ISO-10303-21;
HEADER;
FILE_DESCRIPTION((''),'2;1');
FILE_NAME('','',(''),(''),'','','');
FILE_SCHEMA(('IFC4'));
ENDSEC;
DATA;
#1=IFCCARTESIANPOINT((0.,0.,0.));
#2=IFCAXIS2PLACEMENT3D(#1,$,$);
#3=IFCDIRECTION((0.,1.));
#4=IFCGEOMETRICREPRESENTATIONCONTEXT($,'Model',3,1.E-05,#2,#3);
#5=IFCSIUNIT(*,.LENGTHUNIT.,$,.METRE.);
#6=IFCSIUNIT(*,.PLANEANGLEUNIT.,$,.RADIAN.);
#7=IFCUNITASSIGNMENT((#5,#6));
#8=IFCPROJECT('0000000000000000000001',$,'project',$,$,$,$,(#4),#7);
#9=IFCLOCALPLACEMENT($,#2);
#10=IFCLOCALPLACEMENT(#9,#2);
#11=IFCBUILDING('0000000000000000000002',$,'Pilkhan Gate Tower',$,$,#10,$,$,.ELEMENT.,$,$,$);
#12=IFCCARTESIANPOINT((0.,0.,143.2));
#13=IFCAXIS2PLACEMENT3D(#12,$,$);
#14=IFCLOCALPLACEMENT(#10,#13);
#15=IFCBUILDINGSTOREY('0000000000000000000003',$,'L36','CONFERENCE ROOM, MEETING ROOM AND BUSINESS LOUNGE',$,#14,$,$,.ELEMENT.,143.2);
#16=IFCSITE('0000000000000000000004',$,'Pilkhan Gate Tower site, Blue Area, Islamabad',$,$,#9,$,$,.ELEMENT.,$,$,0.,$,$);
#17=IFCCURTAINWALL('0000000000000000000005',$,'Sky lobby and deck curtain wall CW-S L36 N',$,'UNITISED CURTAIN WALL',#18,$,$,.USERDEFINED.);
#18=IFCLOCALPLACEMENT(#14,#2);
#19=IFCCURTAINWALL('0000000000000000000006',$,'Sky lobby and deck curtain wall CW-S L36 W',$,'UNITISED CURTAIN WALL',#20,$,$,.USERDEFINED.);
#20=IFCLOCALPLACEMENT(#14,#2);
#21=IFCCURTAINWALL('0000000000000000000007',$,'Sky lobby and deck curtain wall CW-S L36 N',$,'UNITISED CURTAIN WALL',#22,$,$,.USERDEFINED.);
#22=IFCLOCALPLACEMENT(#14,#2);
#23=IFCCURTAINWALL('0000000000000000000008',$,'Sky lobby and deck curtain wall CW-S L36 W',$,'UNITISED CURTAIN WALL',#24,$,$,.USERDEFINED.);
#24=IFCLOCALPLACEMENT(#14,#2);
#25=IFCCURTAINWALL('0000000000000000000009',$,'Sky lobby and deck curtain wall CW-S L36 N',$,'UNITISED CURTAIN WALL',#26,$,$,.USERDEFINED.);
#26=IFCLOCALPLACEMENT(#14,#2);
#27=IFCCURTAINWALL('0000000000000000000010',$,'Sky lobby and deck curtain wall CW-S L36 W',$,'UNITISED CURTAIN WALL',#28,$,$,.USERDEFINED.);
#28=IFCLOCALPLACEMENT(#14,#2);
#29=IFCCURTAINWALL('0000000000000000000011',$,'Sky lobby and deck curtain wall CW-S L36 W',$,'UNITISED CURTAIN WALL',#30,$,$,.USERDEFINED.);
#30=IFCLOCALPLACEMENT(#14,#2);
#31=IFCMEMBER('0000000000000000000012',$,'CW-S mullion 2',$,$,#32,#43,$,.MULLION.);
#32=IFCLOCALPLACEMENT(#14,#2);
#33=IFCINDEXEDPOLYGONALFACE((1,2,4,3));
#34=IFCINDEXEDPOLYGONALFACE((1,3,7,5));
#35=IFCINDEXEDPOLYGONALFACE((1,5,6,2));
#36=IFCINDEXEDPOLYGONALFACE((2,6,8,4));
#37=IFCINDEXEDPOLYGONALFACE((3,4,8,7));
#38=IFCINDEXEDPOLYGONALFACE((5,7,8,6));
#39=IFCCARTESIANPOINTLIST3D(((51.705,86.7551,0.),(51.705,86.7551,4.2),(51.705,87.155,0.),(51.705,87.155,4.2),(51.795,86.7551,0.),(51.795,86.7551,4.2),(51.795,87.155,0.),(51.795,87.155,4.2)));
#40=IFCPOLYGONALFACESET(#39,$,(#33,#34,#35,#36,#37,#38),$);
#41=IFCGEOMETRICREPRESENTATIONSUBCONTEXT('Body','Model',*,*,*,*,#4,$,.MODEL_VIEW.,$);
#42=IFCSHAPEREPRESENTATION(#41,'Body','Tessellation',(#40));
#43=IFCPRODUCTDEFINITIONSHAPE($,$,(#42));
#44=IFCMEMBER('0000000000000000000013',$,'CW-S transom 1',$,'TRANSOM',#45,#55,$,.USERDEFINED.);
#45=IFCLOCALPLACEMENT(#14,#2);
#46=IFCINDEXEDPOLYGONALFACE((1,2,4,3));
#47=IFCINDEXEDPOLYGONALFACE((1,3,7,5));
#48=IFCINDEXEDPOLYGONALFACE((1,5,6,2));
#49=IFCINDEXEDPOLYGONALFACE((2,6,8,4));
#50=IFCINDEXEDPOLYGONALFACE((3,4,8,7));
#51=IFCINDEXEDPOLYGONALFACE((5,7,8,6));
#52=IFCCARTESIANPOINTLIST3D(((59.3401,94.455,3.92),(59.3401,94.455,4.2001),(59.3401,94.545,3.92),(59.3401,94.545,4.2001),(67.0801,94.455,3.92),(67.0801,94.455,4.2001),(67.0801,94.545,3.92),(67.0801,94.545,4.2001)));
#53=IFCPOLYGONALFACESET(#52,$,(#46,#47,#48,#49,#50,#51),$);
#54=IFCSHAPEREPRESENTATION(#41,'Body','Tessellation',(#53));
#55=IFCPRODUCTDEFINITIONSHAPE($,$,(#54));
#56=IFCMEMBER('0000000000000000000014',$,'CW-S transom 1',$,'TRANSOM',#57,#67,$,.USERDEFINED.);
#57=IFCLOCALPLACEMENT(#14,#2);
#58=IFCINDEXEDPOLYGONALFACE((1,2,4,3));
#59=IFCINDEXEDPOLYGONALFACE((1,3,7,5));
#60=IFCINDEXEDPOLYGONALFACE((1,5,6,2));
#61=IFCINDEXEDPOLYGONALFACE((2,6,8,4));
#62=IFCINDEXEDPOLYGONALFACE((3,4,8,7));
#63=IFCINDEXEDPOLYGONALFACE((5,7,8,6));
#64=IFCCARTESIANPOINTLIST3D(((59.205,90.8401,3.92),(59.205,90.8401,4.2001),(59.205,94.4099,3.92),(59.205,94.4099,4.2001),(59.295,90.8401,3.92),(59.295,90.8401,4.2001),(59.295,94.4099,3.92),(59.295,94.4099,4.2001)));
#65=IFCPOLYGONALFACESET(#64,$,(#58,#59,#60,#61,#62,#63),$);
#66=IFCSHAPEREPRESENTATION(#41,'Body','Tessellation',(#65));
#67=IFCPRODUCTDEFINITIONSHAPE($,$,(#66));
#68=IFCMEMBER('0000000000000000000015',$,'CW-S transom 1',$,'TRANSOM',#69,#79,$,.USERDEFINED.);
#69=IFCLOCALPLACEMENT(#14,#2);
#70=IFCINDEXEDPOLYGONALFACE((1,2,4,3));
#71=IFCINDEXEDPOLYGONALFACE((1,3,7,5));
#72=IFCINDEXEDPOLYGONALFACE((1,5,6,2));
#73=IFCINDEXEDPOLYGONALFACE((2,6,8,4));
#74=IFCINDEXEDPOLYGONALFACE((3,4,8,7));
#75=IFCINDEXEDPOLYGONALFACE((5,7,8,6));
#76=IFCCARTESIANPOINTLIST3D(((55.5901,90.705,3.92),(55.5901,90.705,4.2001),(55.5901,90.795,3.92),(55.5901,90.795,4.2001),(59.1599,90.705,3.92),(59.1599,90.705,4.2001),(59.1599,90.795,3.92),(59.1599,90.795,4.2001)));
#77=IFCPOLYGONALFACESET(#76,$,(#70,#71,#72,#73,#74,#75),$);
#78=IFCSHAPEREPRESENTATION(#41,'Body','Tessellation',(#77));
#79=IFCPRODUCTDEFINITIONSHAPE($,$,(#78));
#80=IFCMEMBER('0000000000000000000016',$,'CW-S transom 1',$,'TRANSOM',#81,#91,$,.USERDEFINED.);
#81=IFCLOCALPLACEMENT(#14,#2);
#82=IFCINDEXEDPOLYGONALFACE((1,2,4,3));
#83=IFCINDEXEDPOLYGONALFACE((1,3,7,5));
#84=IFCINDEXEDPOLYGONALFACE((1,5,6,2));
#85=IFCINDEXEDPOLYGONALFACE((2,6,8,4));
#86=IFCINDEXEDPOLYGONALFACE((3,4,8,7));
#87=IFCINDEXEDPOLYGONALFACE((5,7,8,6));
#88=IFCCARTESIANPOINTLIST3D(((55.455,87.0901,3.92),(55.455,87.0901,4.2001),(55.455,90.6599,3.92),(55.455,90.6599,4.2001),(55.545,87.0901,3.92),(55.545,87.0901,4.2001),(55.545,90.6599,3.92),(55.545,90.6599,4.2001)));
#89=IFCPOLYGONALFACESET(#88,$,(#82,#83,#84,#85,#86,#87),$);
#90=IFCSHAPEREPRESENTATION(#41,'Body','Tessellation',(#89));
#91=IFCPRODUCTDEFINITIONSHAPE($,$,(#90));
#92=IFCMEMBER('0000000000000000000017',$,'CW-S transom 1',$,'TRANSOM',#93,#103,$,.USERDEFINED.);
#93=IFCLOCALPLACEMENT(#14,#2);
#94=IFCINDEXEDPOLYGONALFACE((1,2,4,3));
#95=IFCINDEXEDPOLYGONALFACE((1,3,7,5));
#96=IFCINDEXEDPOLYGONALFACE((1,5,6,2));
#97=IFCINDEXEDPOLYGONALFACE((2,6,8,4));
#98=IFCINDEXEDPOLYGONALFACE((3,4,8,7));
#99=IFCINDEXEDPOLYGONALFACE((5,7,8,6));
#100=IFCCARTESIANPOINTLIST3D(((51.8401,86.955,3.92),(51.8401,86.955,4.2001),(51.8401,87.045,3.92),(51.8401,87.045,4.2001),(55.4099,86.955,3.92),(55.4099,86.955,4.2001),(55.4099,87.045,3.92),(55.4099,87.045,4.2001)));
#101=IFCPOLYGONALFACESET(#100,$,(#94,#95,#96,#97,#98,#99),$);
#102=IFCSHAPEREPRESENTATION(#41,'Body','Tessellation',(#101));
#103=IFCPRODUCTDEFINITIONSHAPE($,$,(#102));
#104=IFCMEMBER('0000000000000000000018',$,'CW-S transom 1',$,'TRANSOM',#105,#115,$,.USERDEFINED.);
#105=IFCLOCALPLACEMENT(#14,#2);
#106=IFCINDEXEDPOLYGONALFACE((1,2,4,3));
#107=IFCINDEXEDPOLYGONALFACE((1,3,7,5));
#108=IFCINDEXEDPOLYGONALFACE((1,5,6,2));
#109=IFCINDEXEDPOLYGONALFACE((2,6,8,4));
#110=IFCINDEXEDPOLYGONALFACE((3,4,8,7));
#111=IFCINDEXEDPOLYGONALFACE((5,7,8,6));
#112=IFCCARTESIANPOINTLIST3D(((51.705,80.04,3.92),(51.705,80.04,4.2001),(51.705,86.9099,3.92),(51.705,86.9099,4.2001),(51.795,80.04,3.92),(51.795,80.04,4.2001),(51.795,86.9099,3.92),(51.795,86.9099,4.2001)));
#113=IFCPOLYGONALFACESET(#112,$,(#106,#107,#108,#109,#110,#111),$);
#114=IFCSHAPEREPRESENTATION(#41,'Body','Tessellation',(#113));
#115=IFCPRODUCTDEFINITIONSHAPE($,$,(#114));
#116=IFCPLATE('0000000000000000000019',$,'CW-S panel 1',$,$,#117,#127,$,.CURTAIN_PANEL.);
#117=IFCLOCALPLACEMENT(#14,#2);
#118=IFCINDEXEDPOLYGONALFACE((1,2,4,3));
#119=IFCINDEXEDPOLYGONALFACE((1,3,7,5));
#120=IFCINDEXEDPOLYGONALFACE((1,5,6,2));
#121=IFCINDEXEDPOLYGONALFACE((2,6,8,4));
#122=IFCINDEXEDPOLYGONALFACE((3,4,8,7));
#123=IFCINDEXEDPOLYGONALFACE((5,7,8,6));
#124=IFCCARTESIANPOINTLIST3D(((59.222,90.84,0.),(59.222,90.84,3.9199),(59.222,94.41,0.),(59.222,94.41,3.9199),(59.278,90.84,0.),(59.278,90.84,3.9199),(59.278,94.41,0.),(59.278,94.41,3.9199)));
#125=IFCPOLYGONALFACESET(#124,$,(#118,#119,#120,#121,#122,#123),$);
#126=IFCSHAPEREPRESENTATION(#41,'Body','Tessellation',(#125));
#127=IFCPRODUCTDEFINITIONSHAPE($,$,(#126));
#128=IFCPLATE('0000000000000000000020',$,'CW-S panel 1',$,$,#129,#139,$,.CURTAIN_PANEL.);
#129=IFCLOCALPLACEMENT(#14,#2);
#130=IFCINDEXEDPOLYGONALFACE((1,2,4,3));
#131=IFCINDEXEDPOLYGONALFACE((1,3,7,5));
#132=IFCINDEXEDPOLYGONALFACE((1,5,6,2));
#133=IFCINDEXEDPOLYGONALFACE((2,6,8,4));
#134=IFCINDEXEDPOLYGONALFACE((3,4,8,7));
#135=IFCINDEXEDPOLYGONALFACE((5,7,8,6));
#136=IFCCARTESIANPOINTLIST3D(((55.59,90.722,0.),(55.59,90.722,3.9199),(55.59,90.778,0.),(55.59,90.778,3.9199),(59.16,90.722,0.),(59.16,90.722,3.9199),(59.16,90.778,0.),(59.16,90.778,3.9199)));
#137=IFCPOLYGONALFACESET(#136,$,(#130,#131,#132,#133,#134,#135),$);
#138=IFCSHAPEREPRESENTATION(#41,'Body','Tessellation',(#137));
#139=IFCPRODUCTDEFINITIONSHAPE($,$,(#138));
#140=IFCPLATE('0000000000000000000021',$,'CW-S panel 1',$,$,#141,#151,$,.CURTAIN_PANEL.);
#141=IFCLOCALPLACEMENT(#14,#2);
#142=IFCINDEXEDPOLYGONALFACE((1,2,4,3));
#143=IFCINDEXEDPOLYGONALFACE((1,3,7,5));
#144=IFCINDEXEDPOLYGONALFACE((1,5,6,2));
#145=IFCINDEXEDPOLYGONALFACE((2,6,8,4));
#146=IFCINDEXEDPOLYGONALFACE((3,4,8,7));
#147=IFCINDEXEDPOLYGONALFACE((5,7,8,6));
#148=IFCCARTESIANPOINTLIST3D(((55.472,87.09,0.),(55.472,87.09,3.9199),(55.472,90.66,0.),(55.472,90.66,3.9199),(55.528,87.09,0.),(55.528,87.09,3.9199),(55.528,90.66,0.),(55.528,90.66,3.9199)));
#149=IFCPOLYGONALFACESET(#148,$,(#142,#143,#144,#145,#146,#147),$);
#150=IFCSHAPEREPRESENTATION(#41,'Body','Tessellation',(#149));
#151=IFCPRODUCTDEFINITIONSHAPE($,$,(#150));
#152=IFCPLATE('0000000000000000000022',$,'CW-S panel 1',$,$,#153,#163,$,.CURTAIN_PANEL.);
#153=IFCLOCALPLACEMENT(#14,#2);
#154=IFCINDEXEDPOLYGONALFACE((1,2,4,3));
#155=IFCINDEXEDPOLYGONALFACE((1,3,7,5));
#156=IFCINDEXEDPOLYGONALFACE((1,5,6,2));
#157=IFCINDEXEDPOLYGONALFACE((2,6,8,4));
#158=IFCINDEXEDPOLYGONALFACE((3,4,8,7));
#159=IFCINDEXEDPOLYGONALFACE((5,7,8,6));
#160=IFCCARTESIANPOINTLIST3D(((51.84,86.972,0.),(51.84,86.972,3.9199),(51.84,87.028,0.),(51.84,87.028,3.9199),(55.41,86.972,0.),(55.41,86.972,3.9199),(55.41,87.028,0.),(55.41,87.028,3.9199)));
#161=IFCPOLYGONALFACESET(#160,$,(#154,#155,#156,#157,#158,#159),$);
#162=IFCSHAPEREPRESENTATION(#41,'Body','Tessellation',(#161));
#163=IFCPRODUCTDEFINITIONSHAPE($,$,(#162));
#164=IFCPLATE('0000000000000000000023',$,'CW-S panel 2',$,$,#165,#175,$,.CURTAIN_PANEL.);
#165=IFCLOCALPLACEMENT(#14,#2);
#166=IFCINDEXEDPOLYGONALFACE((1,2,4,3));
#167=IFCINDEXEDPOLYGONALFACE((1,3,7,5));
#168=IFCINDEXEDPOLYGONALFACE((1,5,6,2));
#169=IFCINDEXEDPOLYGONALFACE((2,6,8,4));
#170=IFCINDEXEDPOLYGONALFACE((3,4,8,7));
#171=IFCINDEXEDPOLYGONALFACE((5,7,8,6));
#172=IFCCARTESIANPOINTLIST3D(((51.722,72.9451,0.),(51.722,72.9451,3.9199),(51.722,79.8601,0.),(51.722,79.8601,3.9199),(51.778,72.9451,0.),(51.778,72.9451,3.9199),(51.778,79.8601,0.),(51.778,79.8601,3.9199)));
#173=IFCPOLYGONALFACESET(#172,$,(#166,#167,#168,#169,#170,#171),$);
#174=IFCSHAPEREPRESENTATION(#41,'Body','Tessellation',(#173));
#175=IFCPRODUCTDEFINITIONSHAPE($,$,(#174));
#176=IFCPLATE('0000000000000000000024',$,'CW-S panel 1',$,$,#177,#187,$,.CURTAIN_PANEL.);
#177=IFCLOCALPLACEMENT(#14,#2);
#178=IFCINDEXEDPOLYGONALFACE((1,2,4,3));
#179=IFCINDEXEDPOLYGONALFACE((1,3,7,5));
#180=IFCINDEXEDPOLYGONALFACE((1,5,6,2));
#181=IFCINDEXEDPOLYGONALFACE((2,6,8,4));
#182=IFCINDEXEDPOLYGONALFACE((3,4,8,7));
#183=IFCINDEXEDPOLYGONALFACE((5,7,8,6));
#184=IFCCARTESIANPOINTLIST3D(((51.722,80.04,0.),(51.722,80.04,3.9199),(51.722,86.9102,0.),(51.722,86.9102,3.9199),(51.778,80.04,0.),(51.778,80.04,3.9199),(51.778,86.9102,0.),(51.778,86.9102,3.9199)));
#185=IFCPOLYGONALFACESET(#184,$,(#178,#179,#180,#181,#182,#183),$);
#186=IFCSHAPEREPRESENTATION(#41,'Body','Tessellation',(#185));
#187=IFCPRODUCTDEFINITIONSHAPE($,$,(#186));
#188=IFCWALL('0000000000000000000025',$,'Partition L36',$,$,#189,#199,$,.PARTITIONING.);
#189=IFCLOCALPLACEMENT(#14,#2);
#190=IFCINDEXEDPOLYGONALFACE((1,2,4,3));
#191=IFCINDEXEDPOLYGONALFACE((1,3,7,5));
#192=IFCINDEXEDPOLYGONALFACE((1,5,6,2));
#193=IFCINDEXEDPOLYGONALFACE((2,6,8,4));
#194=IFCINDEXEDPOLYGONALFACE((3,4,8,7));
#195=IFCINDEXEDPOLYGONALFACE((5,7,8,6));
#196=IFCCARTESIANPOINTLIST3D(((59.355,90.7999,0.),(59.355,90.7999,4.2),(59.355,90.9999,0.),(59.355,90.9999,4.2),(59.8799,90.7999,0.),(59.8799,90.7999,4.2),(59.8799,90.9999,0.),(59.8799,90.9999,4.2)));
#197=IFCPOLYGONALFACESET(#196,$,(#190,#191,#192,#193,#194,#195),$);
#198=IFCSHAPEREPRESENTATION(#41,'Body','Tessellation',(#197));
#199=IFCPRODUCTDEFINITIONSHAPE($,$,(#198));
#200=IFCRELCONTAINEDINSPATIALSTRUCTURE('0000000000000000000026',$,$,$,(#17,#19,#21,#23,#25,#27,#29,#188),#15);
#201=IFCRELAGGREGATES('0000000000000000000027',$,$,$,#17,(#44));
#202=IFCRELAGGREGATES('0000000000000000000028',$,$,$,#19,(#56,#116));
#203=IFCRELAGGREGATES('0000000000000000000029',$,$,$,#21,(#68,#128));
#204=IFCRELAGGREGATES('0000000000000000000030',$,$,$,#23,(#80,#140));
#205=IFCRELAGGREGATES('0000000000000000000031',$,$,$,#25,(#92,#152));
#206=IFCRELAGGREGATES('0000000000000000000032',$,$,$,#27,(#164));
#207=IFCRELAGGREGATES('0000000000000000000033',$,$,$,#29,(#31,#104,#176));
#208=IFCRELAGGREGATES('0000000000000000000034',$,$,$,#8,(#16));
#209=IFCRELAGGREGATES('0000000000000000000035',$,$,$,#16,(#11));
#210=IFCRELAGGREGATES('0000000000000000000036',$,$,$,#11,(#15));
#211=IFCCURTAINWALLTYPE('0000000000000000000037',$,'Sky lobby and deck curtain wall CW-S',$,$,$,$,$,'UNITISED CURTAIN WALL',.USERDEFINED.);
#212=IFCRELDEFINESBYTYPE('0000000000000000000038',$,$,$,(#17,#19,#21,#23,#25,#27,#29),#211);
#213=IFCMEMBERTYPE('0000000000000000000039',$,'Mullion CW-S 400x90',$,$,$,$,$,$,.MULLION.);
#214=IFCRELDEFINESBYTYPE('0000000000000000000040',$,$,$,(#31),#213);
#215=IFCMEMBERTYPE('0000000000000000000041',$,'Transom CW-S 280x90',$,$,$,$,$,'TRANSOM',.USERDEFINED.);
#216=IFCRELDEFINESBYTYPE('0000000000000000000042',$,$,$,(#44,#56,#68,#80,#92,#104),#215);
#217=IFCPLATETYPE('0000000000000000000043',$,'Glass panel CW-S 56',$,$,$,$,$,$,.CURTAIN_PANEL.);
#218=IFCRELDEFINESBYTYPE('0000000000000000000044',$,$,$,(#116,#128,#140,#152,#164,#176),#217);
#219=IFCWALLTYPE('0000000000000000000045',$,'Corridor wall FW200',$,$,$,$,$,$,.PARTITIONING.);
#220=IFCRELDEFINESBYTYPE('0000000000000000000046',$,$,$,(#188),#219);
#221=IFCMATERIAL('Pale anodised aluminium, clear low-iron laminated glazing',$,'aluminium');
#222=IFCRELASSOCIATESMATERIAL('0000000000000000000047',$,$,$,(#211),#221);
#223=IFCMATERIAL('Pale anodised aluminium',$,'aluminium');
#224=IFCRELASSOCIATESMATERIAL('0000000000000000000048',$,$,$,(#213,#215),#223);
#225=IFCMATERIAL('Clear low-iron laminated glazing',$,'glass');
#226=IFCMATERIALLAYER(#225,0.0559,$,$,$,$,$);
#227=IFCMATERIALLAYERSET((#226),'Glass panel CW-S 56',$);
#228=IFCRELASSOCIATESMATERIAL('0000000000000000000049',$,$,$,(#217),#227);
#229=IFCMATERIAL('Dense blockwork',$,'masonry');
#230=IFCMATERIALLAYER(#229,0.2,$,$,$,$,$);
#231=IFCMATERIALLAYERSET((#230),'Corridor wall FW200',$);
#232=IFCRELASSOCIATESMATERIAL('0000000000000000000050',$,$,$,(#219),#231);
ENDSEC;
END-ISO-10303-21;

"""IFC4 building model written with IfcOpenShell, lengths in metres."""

from ifc_helpers import new_model, si_unit, direction, frame, frame_2d, origin, origin_2d, place, context, subcontext, project, spatial, rectangle, extrude, material, layer, layer_set, material_profile, profile_set, type_object, element, aggregate, save


model = new_model("IFC4")

# Units and contexts
model_context = context("Model", 3, precision=1e-05, world=origin(), true_north=direction((0.0, 1.0)))
body_context = subcontext(model_context, "Body", "Model", "MODEL_VIEW")
ifc_project = project(units=[si_unit("LENGTHUNIT", "METRE"), si_unit("PLANEANGLEUNIT", "RADIAN")], contexts=[model_context])

# Site, building, storey
site_placement = place(None, origin())
site = spatial("IfcSite", under=ifc_project, at=site_placement, Name="Pilkhan Gate Tower site, Blue Area, Islamabad", CompositionType="ELEMENT", RefElevation=0.0)
building_placement = place(site_placement, origin())
building = spatial("IfcBuilding", under=site, at=building_placement, Name="Pilkhan Gate Tower", CompositionType="ELEMENT")
storey_placement = place(building_placement, frame((0.0, 0.0, 143.2)))
storey = spatial("IfcBuildingStorey", under=building, at=storey_placement, Name="L36", Description="CONFERENCE ROOM, MEETING ROOM AND BUSINESS LOUNGE", CompositionType="ELEMENT", Elevation=143.2)

# Curtain wall
ifc_material_1 = material(Name="Pale anodised aluminium, clear low-iron laminated glazing", Category="aluminium")
curtain_wall_type = type_object("IfcCurtainWallType", Name="Sky lobby and deck curtain wall CW-S", ElementType="UNITISED CURTAIN WALL", PredefinedType="USERDEFINED", material=ifc_material_1)
curtain_wall_1_placement = place(storey_placement, origin())
curtain_wall_1 = element("IfcCurtainWall", 1, at=curtain_wall_1_placement, inside=storey, type_object=curtain_wall_type, Name="Sky lobby and deck curtain wall CW-S L36 N", ObjectType="UNITISED CURTAIN WALL", PredefinedType="USERDEFINED")
ifc_material_2 = material(Name="Pale anodised aluminium", Category="aluminium")
ifc_material_profile_1 = material_profile(ifc_material_2, rectangle(XDim=0.0901, YDim=0.3999, at=origin_2d()), Name="Mullion 400x90")
ifc_profile_set_1 = profile_set([ifc_material_profile_1], Name="Pale anodised aluminium")
member_type_1 = type_object("IfcMemberType", Name="Mullion CW-S 400x90", PredefinedType="MULLION", material=ifc_profile_set_1)

# Curtain walls
curtain_wall_2_placement = place(storey_placement, origin())
curtain_wall_2 = element("IfcCurtainWall", 2, at=curtain_wall_2_placement, inside=storey, type_object=curtain_wall_type, Name="Sky lobby and deck curtain wall CW-S L36 W", ObjectType="UNITISED CURTAIN WALL", PredefinedType="USERDEFINED")
curtain_wall_3_placement = place(storey_placement, origin())
curtain_wall_3 = element("IfcCurtainWall", 3, at=curtain_wall_3_placement, inside=storey, type_object=curtain_wall_type, Name="Sky lobby and deck curtain wall CW-S L36 N", ObjectType="UNITISED CURTAIN WALL", PredefinedType="USERDEFINED")
curtain_wall_4_placement = place(storey_placement, origin())
curtain_wall_4 = element("IfcCurtainWall", 4, at=curtain_wall_4_placement, inside=storey, type_object=curtain_wall_type, Name="Sky lobby and deck curtain wall CW-S L36 W", ObjectType="UNITISED CURTAIN WALL", PredefinedType="USERDEFINED")
curtain_wall_5_placement = place(storey_placement, origin())
curtain_wall_5 = element("IfcCurtainWall", 5, at=curtain_wall_5_placement, inside=storey, type_object=curtain_wall_type, Name="Sky lobby and deck curtain wall CW-S L36 N", ObjectType="UNITISED CURTAIN WALL", PredefinedType="USERDEFINED")

# Curtain wall
curtain_wall_6_placement = place(storey_placement, origin())
curtain_wall_6 = element("IfcCurtainWall", 6, at=curtain_wall_6_placement, inside=storey, type_object=curtain_wall_type, Name="Sky lobby and deck curtain wall CW-S L36 W", ObjectType="UNITISED CURTAIN WALL", PredefinedType="USERDEFINED")

# Curtain wall, member
curtain_wall_7_placement = place(storey_placement, origin())
curtain_wall_7 = element("IfcCurtainWall", 7, at=curtain_wall_7_placement, inside=storey, type_object=curtain_wall_type, Name="Sky lobby and deck curtain wall CW-S L36 W", ObjectType="UNITISED CURTAIN WALL", PredefinedType="USERDEFINED")
member_1_placement = place(storey_placement, frame((51.75, 86.9551, 0.0), z_axis=(0.0, 0.0, 1.0), x_axis=(-1.0, 0.0, 0.0)))
member_1 = element("IfcMember", 8, at=member_1_placement, type_object=member_type_1, Name="CW-S mullion 2", PredefinedType="MULLION", context=body_context, shape_type="SweptSolid", body=[
    extrude(rectangle(XDim=0.0901, YDim=0.3999, at=origin_2d()), origin(), (0.0, 0.0, 1.0), 4.2),
])

# Members
ifc_material_profile_2 = material_profile(ifc_material_2, rectangle(XDim=0.0901, YDim=0.28, at=origin_2d()), Name="Transom 280x90")
ifc_profile_set_2 = profile_set([ifc_material_profile_2], Name="Pale anodised aluminium")
member_type_2 = type_object("IfcMemberType", Name="Transom CW-S 280x90", ElementType="TRANSOM", PredefinedType="USERDEFINED", material=ifc_profile_set_2)
member_2_placement = place(storey_placement, frame((59.3401, 94.5, 4.0601), z_axis=(1.0, 0.0, 0.0), x_axis=(0.0, 1.0, 0.0)))
member_2 = element("IfcMember", 9, at=member_2_placement, type_object=member_type_2, Name="CW-S transom 1", ObjectType="TRANSOM", PredefinedType="USERDEFINED", context=body_context, shape_type="SweptSolid", body=[
    extrude(rectangle(XDim=0.0901, YDim=0.28, at=origin_2d()), origin(), (0.0, 0.0, 1.0), 7.74),
])
aggregate(curtain_wall_1, [member_2])
member_3_placement = place(storey_placement, frame((59.25, 90.8401, 4.0601), z_axis=(0.0, 1.0, 0.0), x_axis=(-1.0, 0.0, 0.0)))
member_3 = element("IfcMember", 10, at=member_3_placement, type_object=member_type_2, Name="CW-S transom 1", ObjectType="TRANSOM", PredefinedType="USERDEFINED", context=body_context, shape_type="SweptSolid", body=[
    extrude(rectangle(XDim=0.0901, YDim=0.28, at=origin_2d()), origin(), (0.0, 0.0, 1.0), 3.5698),
])
member_4_placement = place(storey_placement, frame((55.5901, 90.75, 4.0601), z_axis=(1.0, 0.0, 0.0), x_axis=(0.0, 1.0, 0.0)))
member_4 = element("IfcMember", 11, at=member_4_placement, type_object=member_type_2, Name="CW-S transom 1", ObjectType="TRANSOM", PredefinedType="USERDEFINED", context=body_context, shape_type="SweptSolid", body=[
    extrude(rectangle(XDim=0.0901, YDim=0.28, at=origin_2d()), origin(), (0.0, 0.0, 1.0), 3.5698),
])
member_5_placement = place(storey_placement, frame((55.5, 87.0901, 4.0601), z_axis=(0.0, 1.0, 0.0), x_axis=(-1.0, 0.0, 0.0)))
member_5 = element("IfcMember", 12, at=member_5_placement, type_object=member_type_2, Name="CW-S transom 1", ObjectType="TRANSOM", PredefinedType="USERDEFINED", context=body_context, shape_type="SweptSolid", body=[
    extrude(rectangle(XDim=0.0901, YDim=0.28, at=origin_2d()), origin(), (0.0, 0.0, 1.0), 3.5698),
])
member_6_placement = place(storey_placement, frame((51.8401, 87.0, 4.0601), z_axis=(1.0, 0.0, 0.0), x_axis=(0.0, 1.0, 0.0)))
member_6 = element("IfcMember", 13, at=member_6_placement, type_object=member_type_2, Name="CW-S transom 1", ObjectType="TRANSOM", PredefinedType="USERDEFINED", context=body_context, shape_type="SweptSolid", body=[
    extrude(rectangle(XDim=0.0901, YDim=0.28, at=origin_2d()), origin(), (0.0, 0.0, 1.0), 3.5698),
])
member_7_placement = place(storey_placement, frame((51.75, 80.04, 4.0601), z_axis=(0.0, 1.0, 0.0), x_axis=(-1.0, 0.0, 0.0)))
member_7 = element("IfcMember", 14, at=member_7_placement, type_object=member_type_2, Name="CW-S transom 1", ObjectType="TRANSOM", PredefinedType="USERDEFINED", context=body_context, shape_type="SweptSolid", body=[
    extrude(rectangle(XDim=0.0901, YDim=0.28, at=origin_2d()), origin(), (0.0, 0.0, 1.0), 6.8699),
])

# Plates
ifc_material_3 = material(Name="Clear low-iron laminated glazing", Category="glass")
ifc_layer_1 = layer(ifc_material_3, 0.0559)
ifc_layer_set_1 = layer_set([ifc_layer_1], Name="Glass panel CW-S 56")
plate_type = type_object("IfcPlateType", Name="Glass panel CW-S 56", PredefinedType="CURTAIN_PANEL", material=ifc_layer_set_1)
plate_1_placement = place(storey_placement, frame((59.25, 92.625, 0.0), z_axis=(0.0, 0.0, 1.0), x_axis=(0.0, 1.0, 0.0)))
plate_1 = element("IfcPlate", 15, at=plate_1_placement, type_object=plate_type, Name="CW-S panel 1", PredefinedType="CURTAIN_PANEL", context=body_context, shape_type="SweptSolid", body=[
    extrude(rectangle(XDim=3.5701, YDim=0.0559, at=origin_2d()), origin(), (0.0, 0.0, 1.0), 3.9199),
])
aggregate(curtain_wall_2, [member_3, plate_1])
plate_2_placement = place(storey_placement, frame((57.375, 90.75, 0.0), z_axis=(0.0, 0.0, 1.0), x_axis=(1.0, 0.0, 0.0)))
plate_2 = element("IfcPlate", 16, at=plate_2_placement, type_object=plate_type, Name="CW-S panel 1", PredefinedType="CURTAIN_PANEL", context=body_context, shape_type="SweptSolid", body=[
    extrude(rectangle(XDim=3.5701, YDim=0.0559, at=origin_2d()), origin(), (0.0, 0.0, 1.0), 3.9199),
])
aggregate(curtain_wall_3, [member_4, plate_2])
plate_3_placement = place(storey_placement, frame((55.5, 88.875, 0.0), z_axis=(0.0, 0.0, 1.0), x_axis=(0.0, 1.0, 0.0)))
plate_3 = element("IfcPlate", 17, at=plate_3_placement, type_object=plate_type, Name="CW-S panel 1", PredefinedType="CURTAIN_PANEL", context=body_context, shape_type="SweptSolid", body=[
    extrude(rectangle(XDim=3.5701, YDim=0.0559, at=origin_2d()), origin(), (0.0, 0.0, 1.0), 3.9199),
])
aggregate(curtain_wall_4, [member_5, plate_3])
plate_4_placement = place(storey_placement, frame((53.625, 87.0, 0.0), z_axis=(0.0, 0.0, 1.0), x_axis=(1.0, 0.0, 0.0)))
plate_4 = element("IfcPlate", 18, at=plate_4_placement, type_object=plate_type, Name="CW-S panel 1", PredefinedType="CURTAIN_PANEL", context=body_context, shape_type="SweptSolid", body=[
    extrude(rectangle(XDim=3.5701, YDim=0.0559, at=origin_2d()), origin(), (0.0, 0.0, 1.0), 3.9199),
])
aggregate(curtain_wall_5, [member_6, plate_4])
plate_5_placement = place(storey_placement, frame((51.75, 76.4026, 0.0), z_axis=(0.0, 0.0, 1.0), x_axis=(0.0, 1.0, 0.0)))
plate_5 = element("IfcPlate", 19, at=plate_5_placement, type_object=plate_type, Name="CW-S panel 2", PredefinedType="CURTAIN_PANEL", context=body_context, shape_type="SweptSolid", body=[
    extrude(rectangle(XDim=6.915, YDim=0.0559, at=origin_2d()), origin(), (0.0, 0.0, 1.0), 3.9199),
])
aggregate(curtain_wall_6, [plate_5])
plate_6_placement = place(storey_placement, frame((51.75, 83.4751, 0.0), z_axis=(0.0, 0.0, 1.0), x_axis=(0.0, 1.0, 0.0)))
plate_6 = element("IfcPlate", 20, at=plate_6_placement, type_object=plate_type, Name="CW-S panel 1", PredefinedType="CURTAIN_PANEL", context=body_context, shape_type="SweptSolid", body=[
    extrude(rectangle(XDim=6.8701, YDim=0.0559, at=origin_2d()), origin(), (0.0, 0.0, 1.0), 3.9199),
])
aggregate(curtain_wall_7, [member_1, member_7, plate_6])

# Wall
ifc_material_4 = material(Name="Dense blockwork", Category="masonry")
ifc_layer_2 = layer(ifc_material_4, 0.2)
ifc_layer_set_2 = layer_set([ifc_layer_2], Name="Corridor wall FW200")
wall_type_1 = type_object("IfcWallType", Name="Corridor wall FW200", PredefinedType="PARTITIONING", material=ifc_layer_set_2)
wall_1_placement = place(storey_placement, frame((59.355, 90.8999, 0.0), z_axis=(0.0, 0.0, 1.0), x_axis=(1.0, 0.0, 0.0)))
element("IfcWall", 21, at=wall_1_placement, inside=storey, type_object=wall_type_1, Name="Partition L36", PredefinedType="PARTITIONING", context=body_context, shape_type="SweptSolid", body=[
    extrude(rectangle(XDim=0.5249, YDim=0.2, at=frame_2d((0.2625, 0.0))), origin(), (0.0, 0.0, 1.0), 4.2),
])

save(model, "model.ifc")
